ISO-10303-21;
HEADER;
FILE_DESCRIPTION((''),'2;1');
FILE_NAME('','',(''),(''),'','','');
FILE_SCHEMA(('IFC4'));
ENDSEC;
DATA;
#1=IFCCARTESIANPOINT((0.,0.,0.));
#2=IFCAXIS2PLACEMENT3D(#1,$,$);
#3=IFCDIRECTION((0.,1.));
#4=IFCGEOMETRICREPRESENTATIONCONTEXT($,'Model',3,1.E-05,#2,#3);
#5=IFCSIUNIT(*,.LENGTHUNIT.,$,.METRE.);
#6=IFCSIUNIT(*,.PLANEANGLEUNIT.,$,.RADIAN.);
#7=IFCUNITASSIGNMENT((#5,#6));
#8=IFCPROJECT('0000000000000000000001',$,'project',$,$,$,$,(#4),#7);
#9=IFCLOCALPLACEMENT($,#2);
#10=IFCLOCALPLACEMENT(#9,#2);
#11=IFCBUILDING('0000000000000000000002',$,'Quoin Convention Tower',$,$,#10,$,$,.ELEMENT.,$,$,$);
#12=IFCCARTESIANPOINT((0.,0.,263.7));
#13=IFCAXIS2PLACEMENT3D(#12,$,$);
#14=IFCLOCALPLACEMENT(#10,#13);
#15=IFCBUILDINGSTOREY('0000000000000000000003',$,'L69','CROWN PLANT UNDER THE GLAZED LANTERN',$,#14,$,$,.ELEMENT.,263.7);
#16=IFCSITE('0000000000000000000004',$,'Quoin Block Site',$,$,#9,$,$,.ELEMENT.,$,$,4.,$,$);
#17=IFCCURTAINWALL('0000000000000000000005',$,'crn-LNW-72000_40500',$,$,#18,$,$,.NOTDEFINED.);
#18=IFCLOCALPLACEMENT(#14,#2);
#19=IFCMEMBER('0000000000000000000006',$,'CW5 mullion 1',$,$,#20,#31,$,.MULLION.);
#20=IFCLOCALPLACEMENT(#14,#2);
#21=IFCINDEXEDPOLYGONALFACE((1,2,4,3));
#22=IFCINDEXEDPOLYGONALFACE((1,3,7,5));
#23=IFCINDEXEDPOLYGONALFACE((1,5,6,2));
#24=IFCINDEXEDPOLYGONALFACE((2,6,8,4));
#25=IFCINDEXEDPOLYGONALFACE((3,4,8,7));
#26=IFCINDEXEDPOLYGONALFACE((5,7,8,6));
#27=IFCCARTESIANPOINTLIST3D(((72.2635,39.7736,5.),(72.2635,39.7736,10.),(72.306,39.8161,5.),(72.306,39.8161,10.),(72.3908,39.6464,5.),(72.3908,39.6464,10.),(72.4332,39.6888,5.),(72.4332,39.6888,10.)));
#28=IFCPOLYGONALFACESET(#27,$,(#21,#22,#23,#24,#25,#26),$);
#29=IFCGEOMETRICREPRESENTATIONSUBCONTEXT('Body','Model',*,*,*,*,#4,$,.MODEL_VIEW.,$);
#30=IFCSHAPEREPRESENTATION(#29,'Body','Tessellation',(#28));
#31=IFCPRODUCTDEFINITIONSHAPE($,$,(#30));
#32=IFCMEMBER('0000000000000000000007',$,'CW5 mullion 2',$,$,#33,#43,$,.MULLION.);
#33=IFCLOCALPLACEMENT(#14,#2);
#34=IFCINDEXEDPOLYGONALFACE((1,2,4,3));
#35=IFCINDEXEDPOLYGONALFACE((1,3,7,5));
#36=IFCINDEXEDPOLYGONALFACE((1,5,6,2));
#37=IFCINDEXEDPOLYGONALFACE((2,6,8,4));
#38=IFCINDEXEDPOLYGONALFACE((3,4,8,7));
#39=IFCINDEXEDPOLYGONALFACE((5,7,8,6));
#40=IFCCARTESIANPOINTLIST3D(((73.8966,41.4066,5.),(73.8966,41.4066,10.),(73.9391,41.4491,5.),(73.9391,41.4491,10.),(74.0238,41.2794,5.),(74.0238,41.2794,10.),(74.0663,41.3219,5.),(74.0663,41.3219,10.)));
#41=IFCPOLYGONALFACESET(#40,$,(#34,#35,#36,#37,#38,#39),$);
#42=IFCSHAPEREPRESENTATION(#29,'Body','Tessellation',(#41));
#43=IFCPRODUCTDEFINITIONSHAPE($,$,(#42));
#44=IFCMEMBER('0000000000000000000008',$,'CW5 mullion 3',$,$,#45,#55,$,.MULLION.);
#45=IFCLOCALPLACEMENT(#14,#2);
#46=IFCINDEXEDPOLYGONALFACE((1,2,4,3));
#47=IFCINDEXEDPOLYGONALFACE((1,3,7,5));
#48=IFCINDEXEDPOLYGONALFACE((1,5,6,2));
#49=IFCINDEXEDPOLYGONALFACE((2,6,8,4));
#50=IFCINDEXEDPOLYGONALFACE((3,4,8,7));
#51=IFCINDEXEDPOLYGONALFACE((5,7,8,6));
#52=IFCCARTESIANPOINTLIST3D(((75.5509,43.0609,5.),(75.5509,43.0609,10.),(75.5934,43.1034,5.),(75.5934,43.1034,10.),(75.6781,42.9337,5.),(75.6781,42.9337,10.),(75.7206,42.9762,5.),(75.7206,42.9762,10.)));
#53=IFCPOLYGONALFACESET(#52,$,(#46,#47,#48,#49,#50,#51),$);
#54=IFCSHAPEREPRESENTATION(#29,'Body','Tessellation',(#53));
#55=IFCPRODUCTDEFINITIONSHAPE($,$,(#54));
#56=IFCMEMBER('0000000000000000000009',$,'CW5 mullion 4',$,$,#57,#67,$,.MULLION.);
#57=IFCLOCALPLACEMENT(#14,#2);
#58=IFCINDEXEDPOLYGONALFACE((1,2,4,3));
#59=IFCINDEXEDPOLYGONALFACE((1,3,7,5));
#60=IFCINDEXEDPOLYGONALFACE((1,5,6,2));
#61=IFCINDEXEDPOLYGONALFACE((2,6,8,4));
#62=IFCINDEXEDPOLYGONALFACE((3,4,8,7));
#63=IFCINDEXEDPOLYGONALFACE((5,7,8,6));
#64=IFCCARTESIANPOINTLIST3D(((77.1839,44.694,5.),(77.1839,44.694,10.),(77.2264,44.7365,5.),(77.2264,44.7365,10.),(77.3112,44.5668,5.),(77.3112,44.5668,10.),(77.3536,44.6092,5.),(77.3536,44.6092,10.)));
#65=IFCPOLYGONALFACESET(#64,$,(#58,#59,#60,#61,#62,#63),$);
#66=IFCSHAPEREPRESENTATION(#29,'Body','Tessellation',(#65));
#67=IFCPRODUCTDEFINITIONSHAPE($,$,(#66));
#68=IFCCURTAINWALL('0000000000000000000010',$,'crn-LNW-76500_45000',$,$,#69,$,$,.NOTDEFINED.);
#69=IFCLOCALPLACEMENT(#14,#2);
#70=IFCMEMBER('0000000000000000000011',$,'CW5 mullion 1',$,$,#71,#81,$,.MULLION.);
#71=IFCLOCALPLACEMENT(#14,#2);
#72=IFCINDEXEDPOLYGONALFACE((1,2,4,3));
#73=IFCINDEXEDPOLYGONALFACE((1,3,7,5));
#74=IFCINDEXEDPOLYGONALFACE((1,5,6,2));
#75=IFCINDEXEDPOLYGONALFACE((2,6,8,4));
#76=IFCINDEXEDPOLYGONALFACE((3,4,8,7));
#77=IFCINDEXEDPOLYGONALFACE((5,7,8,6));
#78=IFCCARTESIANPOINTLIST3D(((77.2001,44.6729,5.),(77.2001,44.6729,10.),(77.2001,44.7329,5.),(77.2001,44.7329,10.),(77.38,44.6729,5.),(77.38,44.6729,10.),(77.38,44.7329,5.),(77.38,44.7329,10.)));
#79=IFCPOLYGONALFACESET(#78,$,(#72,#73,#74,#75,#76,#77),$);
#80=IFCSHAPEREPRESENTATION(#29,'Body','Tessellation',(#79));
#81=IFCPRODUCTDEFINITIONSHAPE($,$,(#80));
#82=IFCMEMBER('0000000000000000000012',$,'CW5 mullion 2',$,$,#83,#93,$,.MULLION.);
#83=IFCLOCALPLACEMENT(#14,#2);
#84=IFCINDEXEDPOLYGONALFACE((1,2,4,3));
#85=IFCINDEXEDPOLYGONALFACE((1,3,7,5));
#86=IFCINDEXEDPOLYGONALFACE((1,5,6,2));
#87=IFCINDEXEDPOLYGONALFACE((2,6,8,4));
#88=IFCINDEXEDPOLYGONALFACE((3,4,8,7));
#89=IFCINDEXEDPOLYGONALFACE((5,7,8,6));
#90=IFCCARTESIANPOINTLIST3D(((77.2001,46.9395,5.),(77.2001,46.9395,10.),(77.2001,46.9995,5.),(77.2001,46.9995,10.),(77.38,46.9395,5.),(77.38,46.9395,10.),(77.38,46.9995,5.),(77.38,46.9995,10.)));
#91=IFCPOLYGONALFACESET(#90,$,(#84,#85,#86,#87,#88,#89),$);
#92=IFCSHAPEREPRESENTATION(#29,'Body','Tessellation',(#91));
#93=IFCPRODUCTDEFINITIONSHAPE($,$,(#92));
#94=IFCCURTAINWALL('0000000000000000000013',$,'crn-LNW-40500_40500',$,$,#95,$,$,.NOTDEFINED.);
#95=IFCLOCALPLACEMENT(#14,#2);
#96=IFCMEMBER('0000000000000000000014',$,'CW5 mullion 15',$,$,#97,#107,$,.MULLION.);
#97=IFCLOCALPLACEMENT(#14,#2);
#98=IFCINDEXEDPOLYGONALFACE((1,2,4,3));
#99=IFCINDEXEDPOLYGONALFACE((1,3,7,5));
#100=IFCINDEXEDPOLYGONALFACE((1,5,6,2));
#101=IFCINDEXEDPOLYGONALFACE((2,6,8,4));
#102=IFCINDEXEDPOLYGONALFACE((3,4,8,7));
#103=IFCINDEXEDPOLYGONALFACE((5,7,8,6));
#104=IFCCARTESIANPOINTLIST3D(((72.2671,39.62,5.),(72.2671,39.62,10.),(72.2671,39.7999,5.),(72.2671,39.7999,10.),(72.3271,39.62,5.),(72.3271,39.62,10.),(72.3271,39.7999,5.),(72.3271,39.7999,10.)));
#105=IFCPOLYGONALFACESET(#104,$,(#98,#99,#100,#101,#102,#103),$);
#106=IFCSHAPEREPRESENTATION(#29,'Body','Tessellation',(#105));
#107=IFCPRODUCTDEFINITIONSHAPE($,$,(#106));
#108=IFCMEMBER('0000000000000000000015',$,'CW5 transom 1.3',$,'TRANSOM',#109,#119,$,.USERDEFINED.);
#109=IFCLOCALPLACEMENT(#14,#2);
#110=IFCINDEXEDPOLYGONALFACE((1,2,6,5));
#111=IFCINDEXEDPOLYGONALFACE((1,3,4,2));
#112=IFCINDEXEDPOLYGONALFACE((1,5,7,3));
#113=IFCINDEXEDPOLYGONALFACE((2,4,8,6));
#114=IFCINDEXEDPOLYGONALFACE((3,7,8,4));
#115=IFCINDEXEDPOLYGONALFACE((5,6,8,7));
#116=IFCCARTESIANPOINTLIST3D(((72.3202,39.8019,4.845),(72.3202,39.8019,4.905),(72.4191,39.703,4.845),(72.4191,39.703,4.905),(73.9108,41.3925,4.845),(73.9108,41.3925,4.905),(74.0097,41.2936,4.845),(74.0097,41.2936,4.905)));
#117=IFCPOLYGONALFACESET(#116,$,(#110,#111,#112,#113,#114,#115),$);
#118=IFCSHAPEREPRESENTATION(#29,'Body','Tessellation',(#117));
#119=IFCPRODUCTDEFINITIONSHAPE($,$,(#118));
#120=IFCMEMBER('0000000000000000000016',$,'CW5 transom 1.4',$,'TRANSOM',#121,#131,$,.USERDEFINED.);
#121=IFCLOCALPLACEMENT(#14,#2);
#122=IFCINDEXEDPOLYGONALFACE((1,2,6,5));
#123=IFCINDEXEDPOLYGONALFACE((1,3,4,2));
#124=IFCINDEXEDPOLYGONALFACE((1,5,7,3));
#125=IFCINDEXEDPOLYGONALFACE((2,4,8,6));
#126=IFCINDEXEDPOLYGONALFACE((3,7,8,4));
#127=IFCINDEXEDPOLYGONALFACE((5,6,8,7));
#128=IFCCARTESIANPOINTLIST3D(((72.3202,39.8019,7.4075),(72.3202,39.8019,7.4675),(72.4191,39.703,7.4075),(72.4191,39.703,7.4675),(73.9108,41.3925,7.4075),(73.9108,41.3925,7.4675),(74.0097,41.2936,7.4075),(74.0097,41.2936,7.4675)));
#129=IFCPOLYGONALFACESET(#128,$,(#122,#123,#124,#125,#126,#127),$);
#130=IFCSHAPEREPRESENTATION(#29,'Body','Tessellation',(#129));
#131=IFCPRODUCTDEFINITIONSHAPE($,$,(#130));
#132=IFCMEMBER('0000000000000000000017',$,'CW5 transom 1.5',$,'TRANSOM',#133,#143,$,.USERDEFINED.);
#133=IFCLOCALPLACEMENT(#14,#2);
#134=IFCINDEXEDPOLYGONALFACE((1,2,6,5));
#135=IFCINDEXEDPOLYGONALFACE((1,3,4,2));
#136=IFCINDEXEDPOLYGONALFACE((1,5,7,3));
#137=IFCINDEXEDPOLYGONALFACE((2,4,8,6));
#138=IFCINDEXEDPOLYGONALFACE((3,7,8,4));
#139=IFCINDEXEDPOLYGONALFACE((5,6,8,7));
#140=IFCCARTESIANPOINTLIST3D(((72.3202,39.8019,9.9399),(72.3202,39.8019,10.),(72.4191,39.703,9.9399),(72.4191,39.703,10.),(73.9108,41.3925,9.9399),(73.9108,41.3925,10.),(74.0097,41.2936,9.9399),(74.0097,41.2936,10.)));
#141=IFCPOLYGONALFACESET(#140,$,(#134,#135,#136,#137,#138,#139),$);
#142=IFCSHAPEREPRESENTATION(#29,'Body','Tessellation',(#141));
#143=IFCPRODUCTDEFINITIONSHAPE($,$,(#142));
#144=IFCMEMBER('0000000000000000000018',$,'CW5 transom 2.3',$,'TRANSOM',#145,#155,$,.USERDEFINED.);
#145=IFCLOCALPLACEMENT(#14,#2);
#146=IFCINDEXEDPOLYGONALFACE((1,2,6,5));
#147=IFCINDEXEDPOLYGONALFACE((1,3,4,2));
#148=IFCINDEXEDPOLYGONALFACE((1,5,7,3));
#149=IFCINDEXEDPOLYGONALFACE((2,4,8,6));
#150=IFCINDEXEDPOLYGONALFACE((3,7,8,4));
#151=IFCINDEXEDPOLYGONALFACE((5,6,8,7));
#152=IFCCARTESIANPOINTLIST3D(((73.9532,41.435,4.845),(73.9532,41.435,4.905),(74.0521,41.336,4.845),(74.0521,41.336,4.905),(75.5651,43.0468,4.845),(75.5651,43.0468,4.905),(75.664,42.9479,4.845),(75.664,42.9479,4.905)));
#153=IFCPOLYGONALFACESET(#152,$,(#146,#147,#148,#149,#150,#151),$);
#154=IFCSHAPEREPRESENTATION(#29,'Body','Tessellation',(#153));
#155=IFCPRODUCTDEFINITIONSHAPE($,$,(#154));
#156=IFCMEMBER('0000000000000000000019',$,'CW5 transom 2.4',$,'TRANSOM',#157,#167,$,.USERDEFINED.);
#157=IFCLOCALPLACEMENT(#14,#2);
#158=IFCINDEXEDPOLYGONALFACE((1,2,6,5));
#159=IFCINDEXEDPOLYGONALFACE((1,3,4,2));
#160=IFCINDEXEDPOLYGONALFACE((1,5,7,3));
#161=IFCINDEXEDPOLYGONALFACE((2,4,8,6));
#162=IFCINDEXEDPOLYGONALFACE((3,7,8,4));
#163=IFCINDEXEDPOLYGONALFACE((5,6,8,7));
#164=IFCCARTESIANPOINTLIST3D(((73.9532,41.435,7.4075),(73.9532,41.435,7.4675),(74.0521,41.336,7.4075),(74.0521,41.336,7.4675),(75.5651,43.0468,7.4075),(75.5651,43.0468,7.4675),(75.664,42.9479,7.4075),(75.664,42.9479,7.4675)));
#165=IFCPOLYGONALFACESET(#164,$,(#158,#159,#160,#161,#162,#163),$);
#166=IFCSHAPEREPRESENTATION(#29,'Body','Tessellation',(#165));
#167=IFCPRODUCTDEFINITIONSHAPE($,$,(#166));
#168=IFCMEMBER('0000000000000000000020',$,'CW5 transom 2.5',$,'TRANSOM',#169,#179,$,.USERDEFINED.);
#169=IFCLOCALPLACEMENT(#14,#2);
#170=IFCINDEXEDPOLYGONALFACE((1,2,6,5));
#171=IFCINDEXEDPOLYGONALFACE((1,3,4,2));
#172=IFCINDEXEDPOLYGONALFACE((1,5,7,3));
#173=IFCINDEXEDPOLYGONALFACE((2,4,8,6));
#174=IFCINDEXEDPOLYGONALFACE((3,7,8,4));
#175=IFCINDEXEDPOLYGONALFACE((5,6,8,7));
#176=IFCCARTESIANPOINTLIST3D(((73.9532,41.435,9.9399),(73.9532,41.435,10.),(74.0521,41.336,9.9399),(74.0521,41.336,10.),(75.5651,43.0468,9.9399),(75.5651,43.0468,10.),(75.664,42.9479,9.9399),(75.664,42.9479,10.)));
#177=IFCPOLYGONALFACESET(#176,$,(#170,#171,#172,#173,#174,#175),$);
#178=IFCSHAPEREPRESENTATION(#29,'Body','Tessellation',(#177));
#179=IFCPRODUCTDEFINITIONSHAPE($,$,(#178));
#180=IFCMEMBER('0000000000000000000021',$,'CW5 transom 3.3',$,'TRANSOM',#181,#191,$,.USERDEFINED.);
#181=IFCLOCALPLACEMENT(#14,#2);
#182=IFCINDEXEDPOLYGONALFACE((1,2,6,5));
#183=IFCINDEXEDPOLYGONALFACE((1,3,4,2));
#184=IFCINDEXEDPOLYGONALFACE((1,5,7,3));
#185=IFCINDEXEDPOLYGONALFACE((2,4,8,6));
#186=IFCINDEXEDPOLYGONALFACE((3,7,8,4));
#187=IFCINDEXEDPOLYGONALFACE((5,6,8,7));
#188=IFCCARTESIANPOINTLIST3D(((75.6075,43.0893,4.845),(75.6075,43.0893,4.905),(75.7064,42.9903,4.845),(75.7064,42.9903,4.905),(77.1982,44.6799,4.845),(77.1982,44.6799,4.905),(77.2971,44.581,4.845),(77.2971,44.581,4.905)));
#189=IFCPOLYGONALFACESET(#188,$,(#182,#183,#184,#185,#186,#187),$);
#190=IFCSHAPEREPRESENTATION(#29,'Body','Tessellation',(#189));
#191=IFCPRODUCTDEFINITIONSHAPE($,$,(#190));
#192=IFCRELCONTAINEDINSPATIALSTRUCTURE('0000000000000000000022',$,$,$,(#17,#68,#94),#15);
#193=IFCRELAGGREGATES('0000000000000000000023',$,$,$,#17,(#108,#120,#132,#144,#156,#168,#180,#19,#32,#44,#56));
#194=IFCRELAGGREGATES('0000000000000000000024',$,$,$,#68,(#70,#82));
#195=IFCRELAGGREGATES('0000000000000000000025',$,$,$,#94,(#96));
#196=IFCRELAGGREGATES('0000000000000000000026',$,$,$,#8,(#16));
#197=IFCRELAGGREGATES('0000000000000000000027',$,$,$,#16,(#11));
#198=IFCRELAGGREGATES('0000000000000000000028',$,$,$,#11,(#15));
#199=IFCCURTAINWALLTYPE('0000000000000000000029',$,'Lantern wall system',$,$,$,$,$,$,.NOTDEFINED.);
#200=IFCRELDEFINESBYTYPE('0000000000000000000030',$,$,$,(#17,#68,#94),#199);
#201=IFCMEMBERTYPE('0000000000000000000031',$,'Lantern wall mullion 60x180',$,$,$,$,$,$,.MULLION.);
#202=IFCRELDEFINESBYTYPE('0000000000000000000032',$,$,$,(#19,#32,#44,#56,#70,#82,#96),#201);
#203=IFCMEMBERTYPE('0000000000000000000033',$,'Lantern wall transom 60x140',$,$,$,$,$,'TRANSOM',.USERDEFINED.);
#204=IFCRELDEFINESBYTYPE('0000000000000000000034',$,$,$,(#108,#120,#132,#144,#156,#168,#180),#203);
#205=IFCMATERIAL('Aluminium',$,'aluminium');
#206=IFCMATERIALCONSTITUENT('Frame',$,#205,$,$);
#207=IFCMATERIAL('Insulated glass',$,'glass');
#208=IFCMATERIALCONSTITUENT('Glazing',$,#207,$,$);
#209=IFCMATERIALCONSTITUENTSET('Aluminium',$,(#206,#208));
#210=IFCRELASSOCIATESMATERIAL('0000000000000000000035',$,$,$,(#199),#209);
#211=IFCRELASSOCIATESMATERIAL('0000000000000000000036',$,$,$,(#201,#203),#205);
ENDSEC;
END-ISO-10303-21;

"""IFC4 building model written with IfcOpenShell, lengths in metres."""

from ifc_helpers import new_model, si_unit, direction, frame, origin, origin_2d, place, context, subcontext, project, spatial, rectangle, extrude, material, constituent, constituent_set, material_profile, profile_set, type_object, element, aggregate, save


model = new_model("IFC4")

# Units and contexts
model_context = context("Model", 3, precision=1e-05, world=origin(), true_north=direction((0.0, 1.0)))
body_context = subcontext(model_context, "Body", "Model", "MODEL_VIEW")
ifc_project = project(units=[si_unit("LENGTHUNIT", "METRE"), si_unit("PLANEANGLEUNIT", "RADIAN")], contexts=[model_context])

# Site, building, storey
site_placement = place(None, origin())
site = spatial("IfcSite", under=ifc_project, at=site_placement, Name="Quoin Block Site", CompositionType="ELEMENT", RefElevation=4.0)
building_placement = place(site_placement, origin())
building = spatial("IfcBuilding", under=site, at=building_placement, Name="Quoin Convention Tower", CompositionType="ELEMENT")
storey_placement = place(building_placement, frame((0.0, 0.0, 263.7)))
storey = spatial("IfcBuildingStorey", under=building, at=storey_placement, Name="L69", Description="CROWN PLANT UNDER THE GLAZED LANTERN", CompositionType="ELEMENT", Elevation=263.7)

# Curtain walls, members
ifc_material_1 = material(Name="Aluminium", Category="aluminium")
ifc_constituent_1 = constituent(ifc_material_1, Name="Frame")
ifc_material_2 = material(Name="Insulated glass", Category="glass")
ifc_constituent_2 = constituent(ifc_material_2, Name="Glazing")
ifc_constituent_set = constituent_set(constituents=[ifc_constituent_1, ifc_constituent_2], Name="Aluminium")
curtain_wall_type = type_object("IfcCurtainWallType", Name="Lantern wall system", PredefinedType="NOTDEFINED", material=ifc_constituent_set)
curtain_wall_1_placement = place(storey_placement, origin())
curtain_wall_1 = element("IfcCurtainWall", 1, at=curtain_wall_1_placement, inside=storey, type_object=curtain_wall_type, Name="crn-LNW-72000_40500", PredefinedType="NOTDEFINED")
ifc_material_profile_1 = material_profile(ifc_material_1, rectangle(XDim=0.1799, YDim=0.0601, at=origin_2d()), Name="Lantern wall mullion 60x180")
ifc_profile_set_1 = profile_set([ifc_material_profile_1], Name="Aluminium")
member_type_1 = type_object("IfcMemberType", Name="Lantern wall mullion 60x180", PredefinedType="MULLION", material=ifc_profile_set_1)
member_1_placement = place(storey_placement, frame((72.3484, 39.7312, 5.0), z_axis=(0.0, 0.0, 1.0), x_axis=(-0.707107, 0.707107, 0.0)))
member_1 = element("IfcMember", 2, at=member_1_placement, type_object=member_type_1, Name="CW5 mullion 1", PredefinedType="MULLION", context=body_context, shape_type="SweptSolid", body=[
    extrude(rectangle(XDim=0.1799, YDim=0.0601, at=origin_2d()), origin(), (0.0, 0.0, 1.0), 5.0),
])
member_2_placement = place(storey_placement, frame((73.9814, 41.3643, 5.0), z_axis=(0.0, 0.0, 1.0), x_axis=(-0.707107, 0.707107, 0.0)))
member_2 = element("IfcMember", 3, at=member_2_placement, type_object=member_type_1, Name="CW5 mullion 2", PredefinedType="MULLION", context=body_context, shape_type="SweptSolid", body=[
    extrude(rectangle(XDim=0.1799, YDim=0.0601, at=origin_2d()), origin(), (0.0, 0.0, 1.0), 5.0),
])
member_3_placement = place(storey_placement, frame((75.6357, 43.0186, 5.0), z_axis=(0.0, 0.0, 1.0), x_axis=(-0.707107, 0.707107, 0.0)))
member_3 = element("IfcMember", 4, at=member_3_placement, type_object=member_type_1, Name="CW5 mullion 3", PredefinedType="MULLION", context=body_context, shape_type="SweptSolid", body=[
    extrude(rectangle(XDim=0.1799, YDim=0.0601, at=origin_2d()), origin(), (0.0, 0.0, 1.0), 5.0),
])
member_4_placement = place(storey_placement, frame((77.2688, 44.6516, 5.0), z_axis=(0.0, 0.0, 1.0), x_axis=(-0.707107, 0.707107, 0.0)))
member_4 = element("IfcMember", 5, at=member_4_placement, type_object=member_type_1, Name="CW5 mullion 4", PredefinedType="MULLION", context=body_context, shape_type="SweptSolid", body=[
    extrude(rectangle(XDim=0.1799, YDim=0.0601, at=origin_2d()), origin(), (0.0, 0.0, 1.0), 5.0),
])
curtain_wall_2_placement = place(storey_placement, origin())
curtain_wall_2 = element("IfcCurtainWall", 6, at=curtain_wall_2_placement, inside=storey, type_object=curtain_wall_type, Name="crn-LNW-76500_45000", PredefinedType="NOTDEFINED")
member_5_placement = place(storey_placement, frame((77.29, 44.7029, 5.0), z_axis=(0.0, 0.0, 1.0), x_axis=(-1.0, 0.0, 0.0)))
member_5 = element("IfcMember", 7, at=member_5_placement, type_object=member_type_1, Name="CW5 mullion 1", PredefinedType="MULLION", context=body_context, shape_type="SweptSolid", body=[
    extrude(rectangle(XDim=0.1799, YDim=0.0601, at=origin_2d()), origin(), (0.0, 0.0, 1.0), 5.0),
])
member_6_placement = place(storey_placement, frame((77.29, 46.9695, 5.0), z_axis=(0.0, 0.0, 1.0), x_axis=(-1.0, 0.0, 0.0)))
member_6 = element("IfcMember", 8, at=member_6_placement, type_object=member_type_1, Name="CW5 mullion 2", PredefinedType="MULLION", context=body_context, shape_type="SweptSolid", body=[
    extrude(rectangle(XDim=0.1799, YDim=0.0601, at=origin_2d()), origin(), (0.0, 0.0, 1.0), 5.0),
])

# Curtain wall, member
curtain_wall_3_placement = place(storey_placement, origin())
curtain_wall_3 = element("IfcCurtainWall", 9, at=curtain_wall_3_placement, inside=storey, type_object=curtain_wall_type, Name="crn-LNW-40500_40500", PredefinedType="NOTDEFINED")
member_7_placement = place(storey_placement, frame((72.2971, 39.71, 5.0), z_axis=(0.0, 0.0, 1.0), x_axis=(0.0, 1.0, 0.0)))
member_7 = element("IfcMember", 10, at=member_7_placement, type_object=member_type_1, Name="CW5 mullion 15", PredefinedType="MULLION", context=body_context, shape_type="SweptSolid", body=[
    extrude(rectangle(XDim=0.1799, YDim=0.0601, at=origin_2d()), origin(), (0.0, 0.0, 1.0), 5.0),
])

# Members
ifc_material_profile_2 = material_profile(ifc_material_1, rectangle(XDim=0.1399, YDim=0.0601, at=origin_2d()), Name="Lantern wall transom 60x140")
ifc_profile_set_2 = profile_set([ifc_material_profile_2], Name="Aluminium")
member_type_2 = type_object("IfcMemberType", Name="Lantern wall transom 60x140", ElementType="TRANSOM", PredefinedType="USERDEFINED", material=ifc_profile_set_2)
member_8_placement = place(storey_placement, frame((72.3696, 39.7524, 4.875), z_axis=(0.707107, 0.707107, 0.0), x_axis=(-0.707107, 0.707107, 0.0)))
member_8 = element("IfcMember", 11, at=member_8_placement, type_object=member_type_2, Name="CW5 transom 1.3", ObjectType="TRANSOM", PredefinedType="USERDEFINED", context=body_context, shape_type="SweptSolid", body=[
    extrude(rectangle(XDim=0.1399, YDim=0.0601, at=origin_2d()), origin(), (0.0, 0.0, 1.0), 2.2495),
])
member_9_placement = place(storey_placement, frame((72.3696, 39.7524, 7.4375), z_axis=(0.707107, 0.707107, 0.0), x_axis=(-0.707107, 0.707107, 0.0)))
member_9 = element("IfcMember", 12, at=member_9_placement, type_object=member_type_2, Name="CW5 transom 1.4", ObjectType="TRANSOM", PredefinedType="USERDEFINED", context=body_context, shape_type="SweptSolid", body=[
    extrude(rectangle(XDim=0.1399, YDim=0.0601, at=origin_2d()), origin(), (0.0, 0.0, 1.0), 2.2495),
])
member_10_placement = place(storey_placement, frame((72.3696, 39.7524, 9.97), z_axis=(0.707107, 0.707107, 0.0), x_axis=(-0.707107, 0.707107, 0.0)))
member_10 = element("IfcMember", 13, at=member_10_placement, type_object=member_type_2, Name="CW5 transom 1.5", ObjectType="TRANSOM", PredefinedType="USERDEFINED", context=body_context, shape_type="SweptSolid", body=[
    extrude(rectangle(XDim=0.1399, YDim=0.0601, at=origin_2d()), origin(), (0.0, 0.0, 1.0), 2.2495),
])
member_11_placement = place(storey_placement, frame((74.0027, 41.3855, 4.875), z_axis=(0.707107, 0.707107, 0.0), x_axis=(-0.707107, 0.707107, 0.0)))
member_11 = element("IfcMember", 14, at=member_11_placement, type_object=member_type_2, Name="CW5 transom 2.3", ObjectType="TRANSOM", PredefinedType="USERDEFINED", context=body_context, shape_type="SweptSolid", body=[
    extrude(rectangle(XDim=0.1399, YDim=0.0601, at=origin_2d()), origin(), (0.0, 0.0, 1.0), 2.2795),
])
member_12_placement = place(storey_placement, frame((74.0027, 41.3855, 7.4375), z_axis=(0.707107, 0.707107, 0.0), x_axis=(-0.707107, 0.707107, 0.0)))
member_12 = element("IfcMember", 15, at=member_12_placement, type_object=member_type_2, Name="CW5 transom 2.4", ObjectType="TRANSOM", PredefinedType="USERDEFINED", context=body_context, shape_type="SweptSolid", body=[
    extrude(rectangle(XDim=0.1399, YDim=0.0601, at=origin_2d()), origin(), (0.0, 0.0, 1.0), 2.2795),
])
member_13_placement = place(storey_placement, frame((74.0027, 41.3855, 9.97), z_axis=(0.707107, 0.707107, 0.0), x_axis=(-0.707107, 0.707107, 0.0)))
member_13 = element("IfcMember", 16, at=member_13_placement, type_object=member_type_2, Name="CW5 transom 2.5", ObjectType="TRANSOM", PredefinedType="USERDEFINED", context=body_context, shape_type="SweptSolid", body=[
    extrude(rectangle(XDim=0.1399, YDim=0.0601, at=origin_2d()), origin(), (0.0, 0.0, 1.0), 2.2795),
])
member_14_placement = place(storey_placement, frame((75.657, 43.0398, 4.875), z_axis=(0.707107, 0.707107, 0.0), x_axis=(-0.707107, 0.707107, 0.0)))
member_14 = element("IfcMember", 17, at=member_14_placement, type_object=member_type_2, Name="CW5 transom 3.3", ObjectType="TRANSOM", PredefinedType="USERDEFINED", context=body_context, shape_type="SweptSolid", body=[
    extrude(rectangle(XDim=0.1399, YDim=0.0601, at=origin_2d()), origin(), (0.0, 0.0, 1.0), 2.2495),
])

aggregate(curtain_wall_1, [member_8, member_9, member_10, member_11, member_12, member_13, member_14, member_1, member_2, member_3, member_4])
aggregate(curtain_wall_2, [member_5, member_6])
aggregate(curtain_wall_3, [member_7])

save(model, "model.ifc")
